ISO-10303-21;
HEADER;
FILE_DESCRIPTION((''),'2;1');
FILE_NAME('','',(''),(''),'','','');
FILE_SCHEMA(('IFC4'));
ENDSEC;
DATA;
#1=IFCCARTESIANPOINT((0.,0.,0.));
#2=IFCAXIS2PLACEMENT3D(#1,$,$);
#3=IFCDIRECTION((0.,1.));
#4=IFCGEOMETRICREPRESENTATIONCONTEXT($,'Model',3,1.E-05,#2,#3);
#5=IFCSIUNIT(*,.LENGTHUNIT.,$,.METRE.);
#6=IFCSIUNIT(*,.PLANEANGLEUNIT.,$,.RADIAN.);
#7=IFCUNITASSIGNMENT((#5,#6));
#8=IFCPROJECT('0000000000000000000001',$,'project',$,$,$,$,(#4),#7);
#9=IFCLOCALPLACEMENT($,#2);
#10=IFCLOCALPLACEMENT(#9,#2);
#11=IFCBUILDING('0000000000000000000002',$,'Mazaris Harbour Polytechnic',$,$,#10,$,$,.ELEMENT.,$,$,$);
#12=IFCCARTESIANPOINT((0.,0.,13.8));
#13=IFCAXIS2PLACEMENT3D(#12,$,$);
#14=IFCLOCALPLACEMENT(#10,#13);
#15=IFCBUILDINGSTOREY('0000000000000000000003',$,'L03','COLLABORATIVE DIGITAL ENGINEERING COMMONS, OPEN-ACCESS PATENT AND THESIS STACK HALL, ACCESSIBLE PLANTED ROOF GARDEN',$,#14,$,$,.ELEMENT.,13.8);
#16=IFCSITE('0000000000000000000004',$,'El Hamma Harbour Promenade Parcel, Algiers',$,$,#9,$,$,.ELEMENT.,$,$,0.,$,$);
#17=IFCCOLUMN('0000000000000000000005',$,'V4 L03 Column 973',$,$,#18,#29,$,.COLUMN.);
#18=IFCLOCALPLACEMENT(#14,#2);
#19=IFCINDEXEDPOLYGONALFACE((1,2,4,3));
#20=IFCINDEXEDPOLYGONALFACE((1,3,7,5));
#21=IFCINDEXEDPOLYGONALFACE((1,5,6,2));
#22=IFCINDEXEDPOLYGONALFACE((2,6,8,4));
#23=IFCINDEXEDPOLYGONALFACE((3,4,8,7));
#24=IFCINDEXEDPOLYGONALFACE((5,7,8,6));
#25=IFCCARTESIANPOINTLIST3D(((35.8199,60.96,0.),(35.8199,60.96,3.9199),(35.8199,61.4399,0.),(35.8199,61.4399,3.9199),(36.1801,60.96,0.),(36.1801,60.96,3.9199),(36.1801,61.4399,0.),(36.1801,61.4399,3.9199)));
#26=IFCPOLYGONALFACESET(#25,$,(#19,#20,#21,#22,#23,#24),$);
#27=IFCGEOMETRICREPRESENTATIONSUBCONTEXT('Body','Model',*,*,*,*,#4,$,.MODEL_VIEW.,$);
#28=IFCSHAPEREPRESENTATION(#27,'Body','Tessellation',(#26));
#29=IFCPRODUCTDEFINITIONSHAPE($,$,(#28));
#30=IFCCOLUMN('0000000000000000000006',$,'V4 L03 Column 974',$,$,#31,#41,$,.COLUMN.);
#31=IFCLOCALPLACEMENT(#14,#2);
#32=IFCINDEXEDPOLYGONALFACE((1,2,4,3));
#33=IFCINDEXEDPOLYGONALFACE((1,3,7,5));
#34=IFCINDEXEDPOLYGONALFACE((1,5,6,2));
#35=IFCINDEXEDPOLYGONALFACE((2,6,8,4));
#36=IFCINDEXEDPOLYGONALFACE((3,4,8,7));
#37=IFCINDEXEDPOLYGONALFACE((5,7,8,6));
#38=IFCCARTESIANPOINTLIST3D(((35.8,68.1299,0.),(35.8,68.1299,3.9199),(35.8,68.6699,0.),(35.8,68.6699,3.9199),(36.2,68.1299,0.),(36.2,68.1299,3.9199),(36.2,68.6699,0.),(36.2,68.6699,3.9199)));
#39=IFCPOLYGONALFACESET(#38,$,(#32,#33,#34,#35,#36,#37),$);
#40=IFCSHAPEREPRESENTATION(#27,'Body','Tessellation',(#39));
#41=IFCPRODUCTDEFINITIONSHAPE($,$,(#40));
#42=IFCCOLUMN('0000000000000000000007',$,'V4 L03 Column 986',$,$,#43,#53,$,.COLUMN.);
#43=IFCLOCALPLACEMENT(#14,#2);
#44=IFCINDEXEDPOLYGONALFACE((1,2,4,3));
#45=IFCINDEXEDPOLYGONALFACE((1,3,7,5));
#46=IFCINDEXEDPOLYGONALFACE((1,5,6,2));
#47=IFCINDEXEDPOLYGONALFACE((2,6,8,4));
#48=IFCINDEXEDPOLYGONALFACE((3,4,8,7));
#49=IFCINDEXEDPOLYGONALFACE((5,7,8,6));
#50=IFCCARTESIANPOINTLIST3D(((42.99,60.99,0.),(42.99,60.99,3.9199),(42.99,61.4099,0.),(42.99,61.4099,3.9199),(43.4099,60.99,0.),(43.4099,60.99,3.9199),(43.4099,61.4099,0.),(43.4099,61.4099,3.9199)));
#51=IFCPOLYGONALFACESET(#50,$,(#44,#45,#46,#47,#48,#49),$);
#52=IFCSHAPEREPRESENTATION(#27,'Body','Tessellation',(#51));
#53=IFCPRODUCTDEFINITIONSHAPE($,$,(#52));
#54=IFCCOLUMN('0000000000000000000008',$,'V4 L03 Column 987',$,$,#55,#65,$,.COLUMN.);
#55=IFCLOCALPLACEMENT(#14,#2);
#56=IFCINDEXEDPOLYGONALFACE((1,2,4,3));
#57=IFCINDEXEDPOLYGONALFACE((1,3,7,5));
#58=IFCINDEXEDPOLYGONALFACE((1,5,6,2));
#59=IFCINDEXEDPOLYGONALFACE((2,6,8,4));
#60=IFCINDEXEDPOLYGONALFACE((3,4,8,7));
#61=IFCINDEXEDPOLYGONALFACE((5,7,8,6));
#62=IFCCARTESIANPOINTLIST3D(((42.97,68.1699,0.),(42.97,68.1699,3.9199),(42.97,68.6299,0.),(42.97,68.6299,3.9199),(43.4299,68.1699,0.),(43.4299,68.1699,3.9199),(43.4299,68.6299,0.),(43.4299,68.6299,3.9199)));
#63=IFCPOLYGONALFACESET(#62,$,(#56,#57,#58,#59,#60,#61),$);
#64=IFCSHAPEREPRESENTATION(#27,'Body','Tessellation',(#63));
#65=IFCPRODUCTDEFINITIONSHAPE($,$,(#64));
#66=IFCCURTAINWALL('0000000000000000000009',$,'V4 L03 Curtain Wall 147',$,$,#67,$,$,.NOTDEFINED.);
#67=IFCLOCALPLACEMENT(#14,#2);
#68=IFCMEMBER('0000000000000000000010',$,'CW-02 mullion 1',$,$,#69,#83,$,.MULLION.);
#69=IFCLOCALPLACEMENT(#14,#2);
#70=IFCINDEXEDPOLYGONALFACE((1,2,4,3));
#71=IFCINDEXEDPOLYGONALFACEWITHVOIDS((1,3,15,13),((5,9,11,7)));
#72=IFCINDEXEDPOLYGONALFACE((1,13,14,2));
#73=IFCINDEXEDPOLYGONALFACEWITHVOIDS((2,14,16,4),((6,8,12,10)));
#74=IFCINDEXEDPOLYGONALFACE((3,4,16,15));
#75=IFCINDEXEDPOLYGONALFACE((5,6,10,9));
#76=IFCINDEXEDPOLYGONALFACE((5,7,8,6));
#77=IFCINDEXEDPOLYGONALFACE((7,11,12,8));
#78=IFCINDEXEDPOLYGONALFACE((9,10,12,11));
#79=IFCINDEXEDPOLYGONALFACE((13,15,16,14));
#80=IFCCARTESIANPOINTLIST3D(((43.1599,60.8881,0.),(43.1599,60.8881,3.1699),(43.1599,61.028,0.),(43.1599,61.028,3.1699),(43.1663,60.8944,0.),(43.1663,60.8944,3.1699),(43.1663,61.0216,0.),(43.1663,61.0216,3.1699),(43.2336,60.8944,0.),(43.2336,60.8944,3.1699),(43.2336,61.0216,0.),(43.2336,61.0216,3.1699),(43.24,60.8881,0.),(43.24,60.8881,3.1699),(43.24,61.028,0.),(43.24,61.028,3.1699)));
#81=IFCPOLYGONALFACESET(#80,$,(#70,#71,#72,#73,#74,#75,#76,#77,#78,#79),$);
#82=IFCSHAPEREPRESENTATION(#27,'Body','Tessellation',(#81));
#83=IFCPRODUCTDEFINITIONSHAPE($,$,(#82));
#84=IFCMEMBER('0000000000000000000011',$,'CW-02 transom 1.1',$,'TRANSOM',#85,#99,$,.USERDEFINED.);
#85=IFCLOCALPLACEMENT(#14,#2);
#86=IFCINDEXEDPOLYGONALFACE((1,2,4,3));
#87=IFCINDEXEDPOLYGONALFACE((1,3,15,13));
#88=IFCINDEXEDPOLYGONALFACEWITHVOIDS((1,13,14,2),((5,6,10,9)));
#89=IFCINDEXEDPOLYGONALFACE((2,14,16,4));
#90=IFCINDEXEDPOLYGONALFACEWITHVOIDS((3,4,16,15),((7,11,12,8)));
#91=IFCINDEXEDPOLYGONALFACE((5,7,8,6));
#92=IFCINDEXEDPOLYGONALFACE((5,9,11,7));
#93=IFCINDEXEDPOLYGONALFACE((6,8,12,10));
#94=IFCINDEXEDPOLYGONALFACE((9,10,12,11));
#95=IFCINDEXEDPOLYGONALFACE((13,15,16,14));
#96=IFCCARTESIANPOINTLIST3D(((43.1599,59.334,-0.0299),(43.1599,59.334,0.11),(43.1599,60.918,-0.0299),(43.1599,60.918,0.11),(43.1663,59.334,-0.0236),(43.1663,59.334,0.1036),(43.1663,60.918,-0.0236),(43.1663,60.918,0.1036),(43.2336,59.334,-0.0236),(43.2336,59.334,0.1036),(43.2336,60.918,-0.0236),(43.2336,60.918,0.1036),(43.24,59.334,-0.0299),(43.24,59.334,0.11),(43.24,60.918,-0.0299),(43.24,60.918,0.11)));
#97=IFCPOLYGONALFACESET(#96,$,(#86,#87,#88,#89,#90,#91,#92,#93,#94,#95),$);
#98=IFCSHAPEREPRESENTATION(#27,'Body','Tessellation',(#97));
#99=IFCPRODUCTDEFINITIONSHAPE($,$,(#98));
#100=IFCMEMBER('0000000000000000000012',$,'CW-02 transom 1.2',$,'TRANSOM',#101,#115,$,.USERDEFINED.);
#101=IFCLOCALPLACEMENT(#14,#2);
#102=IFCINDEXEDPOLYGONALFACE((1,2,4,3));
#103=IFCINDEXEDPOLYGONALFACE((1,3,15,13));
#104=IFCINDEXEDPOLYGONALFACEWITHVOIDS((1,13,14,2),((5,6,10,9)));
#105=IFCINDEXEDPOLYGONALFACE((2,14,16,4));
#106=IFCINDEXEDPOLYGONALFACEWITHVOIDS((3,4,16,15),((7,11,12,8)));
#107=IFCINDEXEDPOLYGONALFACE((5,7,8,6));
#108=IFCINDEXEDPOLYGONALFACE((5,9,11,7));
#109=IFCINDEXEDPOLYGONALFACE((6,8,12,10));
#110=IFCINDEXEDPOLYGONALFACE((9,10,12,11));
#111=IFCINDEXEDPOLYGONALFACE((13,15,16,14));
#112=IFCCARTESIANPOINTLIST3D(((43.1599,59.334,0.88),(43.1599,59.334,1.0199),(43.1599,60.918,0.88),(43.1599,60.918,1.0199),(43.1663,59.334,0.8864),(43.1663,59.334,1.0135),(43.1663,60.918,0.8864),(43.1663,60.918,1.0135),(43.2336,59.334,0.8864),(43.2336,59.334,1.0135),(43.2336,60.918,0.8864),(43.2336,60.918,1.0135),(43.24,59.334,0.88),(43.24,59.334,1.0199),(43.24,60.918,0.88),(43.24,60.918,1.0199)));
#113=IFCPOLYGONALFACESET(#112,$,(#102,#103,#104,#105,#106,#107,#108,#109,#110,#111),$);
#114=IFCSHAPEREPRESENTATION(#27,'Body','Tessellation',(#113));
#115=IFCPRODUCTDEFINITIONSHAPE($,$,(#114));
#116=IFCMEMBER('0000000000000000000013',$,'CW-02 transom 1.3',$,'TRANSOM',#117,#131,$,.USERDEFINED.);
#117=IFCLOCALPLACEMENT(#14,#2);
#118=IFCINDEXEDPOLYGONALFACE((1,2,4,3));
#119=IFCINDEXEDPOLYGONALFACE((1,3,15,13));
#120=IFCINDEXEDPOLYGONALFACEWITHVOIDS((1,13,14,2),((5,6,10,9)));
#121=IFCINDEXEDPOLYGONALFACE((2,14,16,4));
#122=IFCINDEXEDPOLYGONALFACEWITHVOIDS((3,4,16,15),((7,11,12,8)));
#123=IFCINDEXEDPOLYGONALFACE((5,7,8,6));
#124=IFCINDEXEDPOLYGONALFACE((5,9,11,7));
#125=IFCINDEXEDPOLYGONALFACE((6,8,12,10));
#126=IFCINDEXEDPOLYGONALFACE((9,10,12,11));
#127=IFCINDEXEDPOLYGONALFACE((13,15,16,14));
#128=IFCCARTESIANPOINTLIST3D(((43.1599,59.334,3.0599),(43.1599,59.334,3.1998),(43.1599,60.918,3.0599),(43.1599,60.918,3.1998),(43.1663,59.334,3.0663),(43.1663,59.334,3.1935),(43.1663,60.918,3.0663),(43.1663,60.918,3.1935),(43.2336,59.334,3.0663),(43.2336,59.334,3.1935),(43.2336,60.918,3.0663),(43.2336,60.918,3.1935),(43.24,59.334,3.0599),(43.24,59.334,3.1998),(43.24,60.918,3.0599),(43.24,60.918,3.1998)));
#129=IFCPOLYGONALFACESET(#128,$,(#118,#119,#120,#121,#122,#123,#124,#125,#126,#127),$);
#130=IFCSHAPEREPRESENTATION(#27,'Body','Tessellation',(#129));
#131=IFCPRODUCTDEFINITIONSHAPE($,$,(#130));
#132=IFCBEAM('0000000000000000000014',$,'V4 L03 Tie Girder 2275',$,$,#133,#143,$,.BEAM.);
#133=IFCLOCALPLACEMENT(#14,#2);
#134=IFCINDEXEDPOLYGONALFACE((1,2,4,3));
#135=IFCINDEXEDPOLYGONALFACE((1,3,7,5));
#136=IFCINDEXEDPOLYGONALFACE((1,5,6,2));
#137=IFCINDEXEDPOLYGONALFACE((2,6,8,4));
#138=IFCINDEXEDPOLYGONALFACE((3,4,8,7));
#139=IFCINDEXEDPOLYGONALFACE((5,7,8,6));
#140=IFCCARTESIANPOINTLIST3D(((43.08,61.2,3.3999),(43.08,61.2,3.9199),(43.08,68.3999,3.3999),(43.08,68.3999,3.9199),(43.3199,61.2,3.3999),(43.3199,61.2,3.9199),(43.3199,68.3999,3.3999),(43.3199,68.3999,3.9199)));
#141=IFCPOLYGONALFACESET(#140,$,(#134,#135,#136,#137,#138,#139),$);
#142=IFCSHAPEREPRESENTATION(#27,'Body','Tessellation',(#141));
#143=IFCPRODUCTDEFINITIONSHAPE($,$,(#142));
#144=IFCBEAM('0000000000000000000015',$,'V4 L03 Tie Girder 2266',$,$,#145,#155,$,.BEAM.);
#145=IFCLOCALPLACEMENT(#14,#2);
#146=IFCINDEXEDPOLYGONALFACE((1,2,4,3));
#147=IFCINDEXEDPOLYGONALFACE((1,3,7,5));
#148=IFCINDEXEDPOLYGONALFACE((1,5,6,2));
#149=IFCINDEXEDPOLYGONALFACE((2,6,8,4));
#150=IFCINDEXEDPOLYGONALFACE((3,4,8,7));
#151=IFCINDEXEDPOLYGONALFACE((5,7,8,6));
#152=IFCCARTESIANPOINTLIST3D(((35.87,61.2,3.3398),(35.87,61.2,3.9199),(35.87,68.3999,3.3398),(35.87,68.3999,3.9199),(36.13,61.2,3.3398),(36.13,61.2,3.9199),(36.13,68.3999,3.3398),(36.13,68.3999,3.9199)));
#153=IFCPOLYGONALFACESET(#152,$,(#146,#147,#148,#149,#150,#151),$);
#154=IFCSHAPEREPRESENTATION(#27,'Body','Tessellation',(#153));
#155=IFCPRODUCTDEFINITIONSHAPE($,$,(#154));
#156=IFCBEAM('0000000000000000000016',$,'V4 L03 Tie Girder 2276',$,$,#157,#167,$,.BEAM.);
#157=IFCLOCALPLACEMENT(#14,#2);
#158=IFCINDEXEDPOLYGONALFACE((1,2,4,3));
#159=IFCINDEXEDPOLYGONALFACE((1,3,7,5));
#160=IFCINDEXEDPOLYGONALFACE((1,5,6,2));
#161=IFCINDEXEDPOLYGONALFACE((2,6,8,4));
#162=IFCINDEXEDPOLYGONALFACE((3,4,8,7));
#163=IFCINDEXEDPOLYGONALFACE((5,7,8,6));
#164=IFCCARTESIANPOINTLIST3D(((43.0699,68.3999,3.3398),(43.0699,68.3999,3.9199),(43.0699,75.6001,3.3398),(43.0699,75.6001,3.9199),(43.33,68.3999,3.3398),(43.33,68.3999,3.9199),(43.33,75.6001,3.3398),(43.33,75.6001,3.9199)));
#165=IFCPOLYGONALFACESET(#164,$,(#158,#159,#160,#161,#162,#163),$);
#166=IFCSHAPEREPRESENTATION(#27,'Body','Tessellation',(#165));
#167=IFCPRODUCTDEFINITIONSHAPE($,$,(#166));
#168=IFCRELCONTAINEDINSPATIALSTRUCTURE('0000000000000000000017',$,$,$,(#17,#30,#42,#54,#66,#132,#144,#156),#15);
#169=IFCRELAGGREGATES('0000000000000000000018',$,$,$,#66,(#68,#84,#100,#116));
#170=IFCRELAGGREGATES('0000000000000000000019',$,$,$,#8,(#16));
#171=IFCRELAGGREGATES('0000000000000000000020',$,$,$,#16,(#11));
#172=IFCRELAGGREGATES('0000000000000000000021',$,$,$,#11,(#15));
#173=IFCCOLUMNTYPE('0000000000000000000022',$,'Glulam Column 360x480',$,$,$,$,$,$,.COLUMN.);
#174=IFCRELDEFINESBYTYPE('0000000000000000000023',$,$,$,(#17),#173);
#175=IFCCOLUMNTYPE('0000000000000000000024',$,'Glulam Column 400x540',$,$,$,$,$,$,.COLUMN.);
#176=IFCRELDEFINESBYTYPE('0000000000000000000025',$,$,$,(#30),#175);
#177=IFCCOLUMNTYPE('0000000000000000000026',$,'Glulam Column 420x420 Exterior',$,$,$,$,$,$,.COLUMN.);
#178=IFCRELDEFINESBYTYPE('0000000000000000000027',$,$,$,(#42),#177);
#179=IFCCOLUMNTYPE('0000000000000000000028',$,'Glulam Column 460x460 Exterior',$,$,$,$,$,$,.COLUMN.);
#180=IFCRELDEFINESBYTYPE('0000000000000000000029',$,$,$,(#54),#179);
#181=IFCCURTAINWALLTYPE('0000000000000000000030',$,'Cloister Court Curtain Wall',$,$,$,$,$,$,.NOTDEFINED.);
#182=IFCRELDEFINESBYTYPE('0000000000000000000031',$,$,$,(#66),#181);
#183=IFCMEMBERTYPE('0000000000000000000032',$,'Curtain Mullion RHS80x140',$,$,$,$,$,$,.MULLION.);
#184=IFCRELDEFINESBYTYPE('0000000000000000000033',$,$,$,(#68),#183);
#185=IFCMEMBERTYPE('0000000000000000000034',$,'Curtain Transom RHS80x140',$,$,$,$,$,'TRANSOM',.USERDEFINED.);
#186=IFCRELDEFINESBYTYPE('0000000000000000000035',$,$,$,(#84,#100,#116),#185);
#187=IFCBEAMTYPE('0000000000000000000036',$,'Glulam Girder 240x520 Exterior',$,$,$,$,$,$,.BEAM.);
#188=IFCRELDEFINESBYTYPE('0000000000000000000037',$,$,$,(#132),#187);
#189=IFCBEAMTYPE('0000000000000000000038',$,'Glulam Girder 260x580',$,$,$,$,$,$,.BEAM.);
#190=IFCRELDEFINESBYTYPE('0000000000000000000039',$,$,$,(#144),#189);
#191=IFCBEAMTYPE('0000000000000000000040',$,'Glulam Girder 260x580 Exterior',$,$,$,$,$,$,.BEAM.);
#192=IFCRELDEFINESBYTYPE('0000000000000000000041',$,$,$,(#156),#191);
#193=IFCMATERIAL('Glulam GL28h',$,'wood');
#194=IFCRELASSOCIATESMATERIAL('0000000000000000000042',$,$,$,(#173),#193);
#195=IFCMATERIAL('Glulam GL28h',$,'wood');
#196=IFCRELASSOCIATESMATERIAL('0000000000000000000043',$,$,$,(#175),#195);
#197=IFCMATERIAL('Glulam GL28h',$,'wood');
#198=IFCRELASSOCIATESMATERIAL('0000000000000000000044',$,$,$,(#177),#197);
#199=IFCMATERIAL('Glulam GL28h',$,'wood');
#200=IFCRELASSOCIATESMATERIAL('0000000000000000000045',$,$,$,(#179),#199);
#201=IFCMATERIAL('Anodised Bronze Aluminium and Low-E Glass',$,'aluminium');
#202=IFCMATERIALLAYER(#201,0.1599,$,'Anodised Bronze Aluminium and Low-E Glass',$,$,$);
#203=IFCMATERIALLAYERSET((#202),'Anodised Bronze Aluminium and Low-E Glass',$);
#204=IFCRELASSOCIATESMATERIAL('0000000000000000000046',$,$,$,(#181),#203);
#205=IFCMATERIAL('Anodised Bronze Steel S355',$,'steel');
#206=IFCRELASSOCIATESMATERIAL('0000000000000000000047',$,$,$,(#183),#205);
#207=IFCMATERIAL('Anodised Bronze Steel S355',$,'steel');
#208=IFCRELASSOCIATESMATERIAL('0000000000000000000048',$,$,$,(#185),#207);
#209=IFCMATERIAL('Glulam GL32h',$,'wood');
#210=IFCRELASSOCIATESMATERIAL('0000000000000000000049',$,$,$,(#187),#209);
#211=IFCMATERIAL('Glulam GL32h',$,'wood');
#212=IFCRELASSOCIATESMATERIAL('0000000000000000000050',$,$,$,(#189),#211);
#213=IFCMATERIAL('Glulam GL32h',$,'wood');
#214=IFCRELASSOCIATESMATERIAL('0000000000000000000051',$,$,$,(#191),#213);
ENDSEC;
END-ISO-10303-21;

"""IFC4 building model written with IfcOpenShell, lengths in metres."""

from ifc_helpers import new_model, si_unit, direction, frame, origin, origin_2d, place, context, subcontext, project, spatial, rectangle, hollow_rectangle, extrude, material, layer, layer_set, material_profile, profile_set, type_object, element, aggregate, save


model = new_model("IFC4")

# Units and contexts
model_context = context("Model", 3, precision=1e-05, world=origin(), true_north=direction((0.0, 1.0)))
body_context = subcontext(model_context, "Body", "Model", "MODEL_VIEW")
ifc_project = project(units=[si_unit("LENGTHUNIT", "METRE"), si_unit("PLANEANGLEUNIT", "RADIAN")], contexts=[model_context])

# Site, building, storey
site_placement = place(None, origin())
site = spatial("IfcSite", under=ifc_project, at=site_placement, Name="El Hamma Harbour Promenade Parcel, Algiers", CompositionType="ELEMENT", RefElevation=0.0)
building_placement = place(site_placement, origin())
building = spatial("IfcBuilding", under=site, at=building_placement, Name="Mazaris Harbour Polytechnic", CompositionType="ELEMENT")
storey_placement = place(building_placement, frame((0.0, 0.0, 13.8)))
storey = spatial("IfcBuildingStorey", under=building, at=storey_placement, Name="L03", Description="COLLABORATIVE DIGITAL ENGINEERING COMMONS, OPEN-ACCESS PATENT AND THESIS STACK HALL, ACCESSIBLE PLANTED ROOF GARDEN", CompositionType="ELEMENT", Elevation=13.8)

# Columns
ifc_material_1 = material(Name="Glulam GL28h", Category="wood")
ifc_material_profile_1 = material_profile(ifc_material_1, rectangle(XDim=0.3601, YDim=0.48, at=origin_2d()), Name="RECT360x480")
ifc_profile_set_1 = profile_set([ifc_material_profile_1], Name="Glulam GL28h")
column_type_1 = type_object("IfcColumnType", Name="Glulam Column 360x480", PredefinedType="COLUMN", material=ifc_profile_set_1)
column_1_placement = place(storey_placement, frame((36.0, 61.2, 0.0), z_axis=(0.0, 0.0, 1.0), x_axis=(1.0, 0.0, 0.0)))
element("IfcColumn", 1, at=column_1_placement, inside=storey, type_object=column_type_1, Name="V4 L03 Column 973", PredefinedType="COLUMN", context=body_context, shape_type="SweptSolid", body=[
    extrude(rectangle(XDim=0.3601, YDim=0.48, at=origin_2d()), origin(), (0.0, 0.0, 1.0), 3.9199),
])
ifc_material_2 = material(Name="Glulam GL28h", Category="wood")
ifc_material_profile_2 = material_profile(ifc_material_2, rectangle(XDim=0.3999, YDim=0.54, at=origin_2d()), Name="RECT400x540")
ifc_profile_set_2 = profile_set([ifc_material_profile_2], Name="Glulam GL28h")
column_type_2 = type_object("IfcColumnType", Name="Glulam Column 400x540", PredefinedType="COLUMN", material=ifc_profile_set_2)
column_2_placement = place(storey_placement, frame((36.0, 68.3999, 0.0), z_axis=(0.0, 0.0, 1.0), x_axis=(1.0, 0.0, 0.0)))
element("IfcColumn", 2, at=column_2_placement, inside=storey, type_object=column_type_2, Name="V4 L03 Column 974", PredefinedType="COLUMN", context=body_context, shape_type="SweptSolid", body=[
    extrude(rectangle(XDim=0.3999, YDim=0.54, at=origin_2d()), origin(), (0.0, 0.0, 1.0), 3.9199),
])
ifc_material_3 = material(Name="Glulam GL28h", Category="wood")
ifc_material_profile_3 = material_profile(ifc_material_3, rectangle(XDim=0.4199, YDim=0.4199, at=origin_2d()), Name="RECT420x420")
ifc_profile_set_3 = profile_set([ifc_material_profile_3], Name="Glulam GL28h")
column_type_3 = type_object("IfcColumnType", Name="Glulam Column 420x420 Exterior", PredefinedType="COLUMN", material=ifc_profile_set_3)
column_3_placement = place(storey_placement, frame((43.2, 61.2, 0.0), z_axis=(0.0, 0.0, 1.0), x_axis=(1.0, 0.0, 0.0)))
element("IfcColumn", 3, at=column_3_placement, inside=storey, type_object=column_type_3, Name="V4 L03 Column 986", PredefinedType="COLUMN", context=body_context, shape_type="SweptSolid", body=[
    extrude(rectangle(XDim=0.4199, YDim=0.4199, at=origin_2d()), origin(), (0.0, 0.0, 1.0), 3.9199),
])
ifc_material_4 = material(Name="Glulam GL28h", Category="wood")
ifc_material_profile_4 = material_profile(ifc_material_4, rectangle(XDim=0.46, YDim=0.46, at=origin_2d()), Name="RECT460x460")
ifc_profile_set_4 = profile_set([ifc_material_profile_4], Name="Glulam GL28h")
column_type_4 = type_object("IfcColumnType", Name="Glulam Column 460x460 Exterior", PredefinedType="COLUMN", material=ifc_profile_set_4)
column_4_placement = place(storey_placement, frame((43.2, 68.3999, 0.0), z_axis=(0.0, 0.0, 1.0), x_axis=(1.0, 0.0, 0.0)))
element("IfcColumn", 4, at=column_4_placement, inside=storey, type_object=column_type_4, Name="V4 L03 Column 987", PredefinedType="COLUMN", context=body_context, shape_type="SweptSolid", body=[
    extrude(rectangle(XDim=0.46, YDim=0.46, at=origin_2d()), origin(), (0.0, 0.0, 1.0), 3.9199),
])

# Curtain wall, members
ifc_material_5 = material(Name="Anodised Bronze Aluminium and Low-E Glass", Category="aluminium")
ifc_layer_1 = layer(ifc_material_5, 0.1599, Name="Anodised Bronze Aluminium and Low-E Glass")
ifc_layer_set_1 = layer_set([ifc_layer_1], Name="Anodised Bronze Aluminium and Low-E Glass")
curtain_wall_type = type_object("IfcCurtainWallType", Name="Cloister Court Curtain Wall", PredefinedType="NOTDEFINED", material=ifc_layer_set_1)
curtain_wall_placement = place(storey_placement, origin())
curtain_wall = element("IfcCurtainWall", 5, at=curtain_wall_placement, inside=storey, type_object=curtain_wall_type, Name="V4 L03 Curtain Wall 147", PredefinedType="NOTDEFINED")
ifc_material_6 = material(Name="Anodised Bronze Steel S355", Category="steel")
ifc_material_profile_5 = material_profile(ifc_material_6, hollow_rectangle(XDim=0.0801, YDim=0.1399, WallThickness=0.0063, at=origin_2d()), Name="RHS 80x140x6.3")
ifc_profile_set_5 = profile_set([ifc_material_profile_5], Name="Anodised Bronze Steel S355")
member_type_1 = type_object("IfcMemberType", Name="Curtain Mullion RHS80x140", PredefinedType="MULLION", material=ifc_profile_set_5)
member_1_placement = place(storey_placement, frame((43.2, 60.958, 0.0), z_axis=(0.0, 0.0, 1.0), x_axis=(1.0, 0.0, 0.0)))
member_1 = element("IfcMember", 6, at=member_1_placement, type_object=member_type_1, Name="CW-02 mullion 1", PredefinedType="MULLION", context=body_context, shape_type="SweptSolid", body=[
    extrude(hollow_rectangle(XDim=0.0801, YDim=0.1399, WallThickness=0.0063, at=origin_2d()), origin(), (0.0, 0.0, 1.0), 3.1699),
])
ifc_material_7 = material(Name="Anodised Bronze Steel S355", Category="steel")
ifc_material_profile_6 = material_profile(ifc_material_7, hollow_rectangle(XDim=0.0801, YDim=0.1399, WallThickness=0.0063, at=origin_2d()), Name="RHS 80x140x6.3")
ifc_profile_set_6 = profile_set([ifc_material_profile_6], Name="Anodised Bronze Steel S355")
member_type_2 = type_object("IfcMemberType", Name="Curtain Transom RHS80x140", ElementType="TRANSOM", PredefinedType="USERDEFINED", material=ifc_profile_set_6)
member_2_placement = place(storey_placement, frame((43.2, 60.918, 0.04), z_axis=(0.0, -1.0, 0.0), x_axis=(1.0, 0.0, 0.0)))
member_2 = element("IfcMember", 7, at=member_2_placement, type_object=member_type_2, Name="CW-02 transom 1.1", ObjectType="TRANSOM", PredefinedType="USERDEFINED", context=body_context, shape_type="SweptSolid", body=[
    extrude(hollow_rectangle(XDim=0.0801, YDim=0.1399, WallThickness=0.0063, at=origin_2d()), origin(), (0.0, 0.0, 1.0), 1.584),
])
member_3_placement = place(storey_placement, frame((43.2, 60.918, 0.95), z_axis=(0.0, -1.0, 0.0), x_axis=(1.0, 0.0, 0.0)))
member_3 = element("IfcMember", 8, at=member_3_placement, type_object=member_type_2, Name="CW-02 transom 1.2", ObjectType="TRANSOM", PredefinedType="USERDEFINED", context=body_context, shape_type="SweptSolid", body=[
    extrude(hollow_rectangle(XDim=0.0801, YDim=0.1399, WallThickness=0.0063, at=origin_2d()), origin(), (0.0, 0.0, 1.0), 1.584),
])
member_4_placement = place(storey_placement, frame((43.2, 60.918, 3.1299), z_axis=(0.0, -1.0, 0.0), x_axis=(1.0, 0.0, 0.0)))
member_4 = element("IfcMember", 9, at=member_4_placement, type_object=member_type_2, Name="CW-02 transom 1.3", ObjectType="TRANSOM", PredefinedType="USERDEFINED", context=body_context, shape_type="SweptSolid", body=[
    extrude(hollow_rectangle(XDim=0.0801, YDim=0.1399, WallThickness=0.0063, at=origin_2d()), origin(), (0.0, 0.0, 1.0), 1.584),
])
aggregate(curtain_wall, [member_1, member_2, member_3, member_4])

# Beams
ifc_material_8 = material(Name="Glulam GL32h", Category="wood")
ifc_material_profile_7 = material_profile(ifc_material_8, rectangle(XDim=0.24, YDim=0.52, at=origin_2d()), Name="RECT240x520")
ifc_profile_set_7 = profile_set([ifc_material_profile_7], Name="Glulam GL32h")
beam_type_1 = type_object("IfcBeamType", Name="Glulam Girder 240x520 Exterior", PredefinedType="BEAM", material=ifc_profile_set_7)
beam_1_placement = place(storey_placement, frame((43.2, 61.2, 3.6599), z_axis=(0.0, 1.0, 0.0), x_axis=(-1.0, 0.0, 0.0)))
element("IfcBeam", 10, at=beam_1_placement, inside=storey, type_object=beam_type_1, Name="V4 L03 Tie Girder 2275", PredefinedType="BEAM", context=body_context, shape_type="SweptSolid", body=[
    extrude(rectangle(XDim=0.24, YDim=0.52, at=origin_2d()), origin(), (0.0, 0.0, 1.0), 7.2),
])
ifc_material_9 = material(Name="Glulam GL32h", Category="wood")
ifc_material_profile_8 = material_profile(ifc_material_9, rectangle(XDim=0.26, YDim=0.5801, at=origin_2d()), Name="RECT260x580")
ifc_profile_set_8 = profile_set([ifc_material_profile_8], Name="Glulam GL32h")
beam_type_2 = type_object("IfcBeamType", Name="Glulam Girder 260x580", PredefinedType="BEAM", material=ifc_profile_set_8)
beam_2_placement = place(storey_placement, frame((36.0, 61.2, 3.6299), z_axis=(0.0, 1.0, 0.0), x_axis=(-1.0, 0.0, 0.0)))
element("IfcBeam", 11, at=beam_2_placement, inside=storey, type_object=beam_type_2, Name="V4 L03 Tie Girder 2266", PredefinedType="BEAM", context=body_context, shape_type="SweptSolid", body=[
    extrude(rectangle(XDim=0.26, YDim=0.5801, at=origin_2d()), origin(), (0.0, 0.0, 1.0), 7.2),
])
ifc_material_10 = material(Name="Glulam GL32h", Category="wood")
ifc_material_profile_9 = material_profile(ifc_material_10, rectangle(XDim=0.26, YDim=0.5801, at=origin_2d()), Name="RECT260x580")
ifc_profile_set_9 = profile_set([ifc_material_profile_9], Name="Glulam GL32h")
beam_type_3 = type_object("IfcBeamType", Name="Glulam Girder 260x580 Exterior", PredefinedType="BEAM", material=ifc_profile_set_9)
beam_3_placement = place(storey_placement, frame((43.2, 68.3999, 3.6299), z_axis=(0.0, 1.0, 0.0), x_axis=(-1.0, 0.0, 0.0)))
element("IfcBeam", 12, at=beam_3_placement, inside=storey, type_object=beam_type_3, Name="V4 L03 Tie Girder 2276", PredefinedType="BEAM", context=body_context, shape_type="SweptSolid", body=[
    extrude(rectangle(XDim=0.26, YDim=0.5801, at=origin_2d()), origin(), (0.0, 0.0, 1.0), 7.2002),
])

save(model, "model.ifc")
